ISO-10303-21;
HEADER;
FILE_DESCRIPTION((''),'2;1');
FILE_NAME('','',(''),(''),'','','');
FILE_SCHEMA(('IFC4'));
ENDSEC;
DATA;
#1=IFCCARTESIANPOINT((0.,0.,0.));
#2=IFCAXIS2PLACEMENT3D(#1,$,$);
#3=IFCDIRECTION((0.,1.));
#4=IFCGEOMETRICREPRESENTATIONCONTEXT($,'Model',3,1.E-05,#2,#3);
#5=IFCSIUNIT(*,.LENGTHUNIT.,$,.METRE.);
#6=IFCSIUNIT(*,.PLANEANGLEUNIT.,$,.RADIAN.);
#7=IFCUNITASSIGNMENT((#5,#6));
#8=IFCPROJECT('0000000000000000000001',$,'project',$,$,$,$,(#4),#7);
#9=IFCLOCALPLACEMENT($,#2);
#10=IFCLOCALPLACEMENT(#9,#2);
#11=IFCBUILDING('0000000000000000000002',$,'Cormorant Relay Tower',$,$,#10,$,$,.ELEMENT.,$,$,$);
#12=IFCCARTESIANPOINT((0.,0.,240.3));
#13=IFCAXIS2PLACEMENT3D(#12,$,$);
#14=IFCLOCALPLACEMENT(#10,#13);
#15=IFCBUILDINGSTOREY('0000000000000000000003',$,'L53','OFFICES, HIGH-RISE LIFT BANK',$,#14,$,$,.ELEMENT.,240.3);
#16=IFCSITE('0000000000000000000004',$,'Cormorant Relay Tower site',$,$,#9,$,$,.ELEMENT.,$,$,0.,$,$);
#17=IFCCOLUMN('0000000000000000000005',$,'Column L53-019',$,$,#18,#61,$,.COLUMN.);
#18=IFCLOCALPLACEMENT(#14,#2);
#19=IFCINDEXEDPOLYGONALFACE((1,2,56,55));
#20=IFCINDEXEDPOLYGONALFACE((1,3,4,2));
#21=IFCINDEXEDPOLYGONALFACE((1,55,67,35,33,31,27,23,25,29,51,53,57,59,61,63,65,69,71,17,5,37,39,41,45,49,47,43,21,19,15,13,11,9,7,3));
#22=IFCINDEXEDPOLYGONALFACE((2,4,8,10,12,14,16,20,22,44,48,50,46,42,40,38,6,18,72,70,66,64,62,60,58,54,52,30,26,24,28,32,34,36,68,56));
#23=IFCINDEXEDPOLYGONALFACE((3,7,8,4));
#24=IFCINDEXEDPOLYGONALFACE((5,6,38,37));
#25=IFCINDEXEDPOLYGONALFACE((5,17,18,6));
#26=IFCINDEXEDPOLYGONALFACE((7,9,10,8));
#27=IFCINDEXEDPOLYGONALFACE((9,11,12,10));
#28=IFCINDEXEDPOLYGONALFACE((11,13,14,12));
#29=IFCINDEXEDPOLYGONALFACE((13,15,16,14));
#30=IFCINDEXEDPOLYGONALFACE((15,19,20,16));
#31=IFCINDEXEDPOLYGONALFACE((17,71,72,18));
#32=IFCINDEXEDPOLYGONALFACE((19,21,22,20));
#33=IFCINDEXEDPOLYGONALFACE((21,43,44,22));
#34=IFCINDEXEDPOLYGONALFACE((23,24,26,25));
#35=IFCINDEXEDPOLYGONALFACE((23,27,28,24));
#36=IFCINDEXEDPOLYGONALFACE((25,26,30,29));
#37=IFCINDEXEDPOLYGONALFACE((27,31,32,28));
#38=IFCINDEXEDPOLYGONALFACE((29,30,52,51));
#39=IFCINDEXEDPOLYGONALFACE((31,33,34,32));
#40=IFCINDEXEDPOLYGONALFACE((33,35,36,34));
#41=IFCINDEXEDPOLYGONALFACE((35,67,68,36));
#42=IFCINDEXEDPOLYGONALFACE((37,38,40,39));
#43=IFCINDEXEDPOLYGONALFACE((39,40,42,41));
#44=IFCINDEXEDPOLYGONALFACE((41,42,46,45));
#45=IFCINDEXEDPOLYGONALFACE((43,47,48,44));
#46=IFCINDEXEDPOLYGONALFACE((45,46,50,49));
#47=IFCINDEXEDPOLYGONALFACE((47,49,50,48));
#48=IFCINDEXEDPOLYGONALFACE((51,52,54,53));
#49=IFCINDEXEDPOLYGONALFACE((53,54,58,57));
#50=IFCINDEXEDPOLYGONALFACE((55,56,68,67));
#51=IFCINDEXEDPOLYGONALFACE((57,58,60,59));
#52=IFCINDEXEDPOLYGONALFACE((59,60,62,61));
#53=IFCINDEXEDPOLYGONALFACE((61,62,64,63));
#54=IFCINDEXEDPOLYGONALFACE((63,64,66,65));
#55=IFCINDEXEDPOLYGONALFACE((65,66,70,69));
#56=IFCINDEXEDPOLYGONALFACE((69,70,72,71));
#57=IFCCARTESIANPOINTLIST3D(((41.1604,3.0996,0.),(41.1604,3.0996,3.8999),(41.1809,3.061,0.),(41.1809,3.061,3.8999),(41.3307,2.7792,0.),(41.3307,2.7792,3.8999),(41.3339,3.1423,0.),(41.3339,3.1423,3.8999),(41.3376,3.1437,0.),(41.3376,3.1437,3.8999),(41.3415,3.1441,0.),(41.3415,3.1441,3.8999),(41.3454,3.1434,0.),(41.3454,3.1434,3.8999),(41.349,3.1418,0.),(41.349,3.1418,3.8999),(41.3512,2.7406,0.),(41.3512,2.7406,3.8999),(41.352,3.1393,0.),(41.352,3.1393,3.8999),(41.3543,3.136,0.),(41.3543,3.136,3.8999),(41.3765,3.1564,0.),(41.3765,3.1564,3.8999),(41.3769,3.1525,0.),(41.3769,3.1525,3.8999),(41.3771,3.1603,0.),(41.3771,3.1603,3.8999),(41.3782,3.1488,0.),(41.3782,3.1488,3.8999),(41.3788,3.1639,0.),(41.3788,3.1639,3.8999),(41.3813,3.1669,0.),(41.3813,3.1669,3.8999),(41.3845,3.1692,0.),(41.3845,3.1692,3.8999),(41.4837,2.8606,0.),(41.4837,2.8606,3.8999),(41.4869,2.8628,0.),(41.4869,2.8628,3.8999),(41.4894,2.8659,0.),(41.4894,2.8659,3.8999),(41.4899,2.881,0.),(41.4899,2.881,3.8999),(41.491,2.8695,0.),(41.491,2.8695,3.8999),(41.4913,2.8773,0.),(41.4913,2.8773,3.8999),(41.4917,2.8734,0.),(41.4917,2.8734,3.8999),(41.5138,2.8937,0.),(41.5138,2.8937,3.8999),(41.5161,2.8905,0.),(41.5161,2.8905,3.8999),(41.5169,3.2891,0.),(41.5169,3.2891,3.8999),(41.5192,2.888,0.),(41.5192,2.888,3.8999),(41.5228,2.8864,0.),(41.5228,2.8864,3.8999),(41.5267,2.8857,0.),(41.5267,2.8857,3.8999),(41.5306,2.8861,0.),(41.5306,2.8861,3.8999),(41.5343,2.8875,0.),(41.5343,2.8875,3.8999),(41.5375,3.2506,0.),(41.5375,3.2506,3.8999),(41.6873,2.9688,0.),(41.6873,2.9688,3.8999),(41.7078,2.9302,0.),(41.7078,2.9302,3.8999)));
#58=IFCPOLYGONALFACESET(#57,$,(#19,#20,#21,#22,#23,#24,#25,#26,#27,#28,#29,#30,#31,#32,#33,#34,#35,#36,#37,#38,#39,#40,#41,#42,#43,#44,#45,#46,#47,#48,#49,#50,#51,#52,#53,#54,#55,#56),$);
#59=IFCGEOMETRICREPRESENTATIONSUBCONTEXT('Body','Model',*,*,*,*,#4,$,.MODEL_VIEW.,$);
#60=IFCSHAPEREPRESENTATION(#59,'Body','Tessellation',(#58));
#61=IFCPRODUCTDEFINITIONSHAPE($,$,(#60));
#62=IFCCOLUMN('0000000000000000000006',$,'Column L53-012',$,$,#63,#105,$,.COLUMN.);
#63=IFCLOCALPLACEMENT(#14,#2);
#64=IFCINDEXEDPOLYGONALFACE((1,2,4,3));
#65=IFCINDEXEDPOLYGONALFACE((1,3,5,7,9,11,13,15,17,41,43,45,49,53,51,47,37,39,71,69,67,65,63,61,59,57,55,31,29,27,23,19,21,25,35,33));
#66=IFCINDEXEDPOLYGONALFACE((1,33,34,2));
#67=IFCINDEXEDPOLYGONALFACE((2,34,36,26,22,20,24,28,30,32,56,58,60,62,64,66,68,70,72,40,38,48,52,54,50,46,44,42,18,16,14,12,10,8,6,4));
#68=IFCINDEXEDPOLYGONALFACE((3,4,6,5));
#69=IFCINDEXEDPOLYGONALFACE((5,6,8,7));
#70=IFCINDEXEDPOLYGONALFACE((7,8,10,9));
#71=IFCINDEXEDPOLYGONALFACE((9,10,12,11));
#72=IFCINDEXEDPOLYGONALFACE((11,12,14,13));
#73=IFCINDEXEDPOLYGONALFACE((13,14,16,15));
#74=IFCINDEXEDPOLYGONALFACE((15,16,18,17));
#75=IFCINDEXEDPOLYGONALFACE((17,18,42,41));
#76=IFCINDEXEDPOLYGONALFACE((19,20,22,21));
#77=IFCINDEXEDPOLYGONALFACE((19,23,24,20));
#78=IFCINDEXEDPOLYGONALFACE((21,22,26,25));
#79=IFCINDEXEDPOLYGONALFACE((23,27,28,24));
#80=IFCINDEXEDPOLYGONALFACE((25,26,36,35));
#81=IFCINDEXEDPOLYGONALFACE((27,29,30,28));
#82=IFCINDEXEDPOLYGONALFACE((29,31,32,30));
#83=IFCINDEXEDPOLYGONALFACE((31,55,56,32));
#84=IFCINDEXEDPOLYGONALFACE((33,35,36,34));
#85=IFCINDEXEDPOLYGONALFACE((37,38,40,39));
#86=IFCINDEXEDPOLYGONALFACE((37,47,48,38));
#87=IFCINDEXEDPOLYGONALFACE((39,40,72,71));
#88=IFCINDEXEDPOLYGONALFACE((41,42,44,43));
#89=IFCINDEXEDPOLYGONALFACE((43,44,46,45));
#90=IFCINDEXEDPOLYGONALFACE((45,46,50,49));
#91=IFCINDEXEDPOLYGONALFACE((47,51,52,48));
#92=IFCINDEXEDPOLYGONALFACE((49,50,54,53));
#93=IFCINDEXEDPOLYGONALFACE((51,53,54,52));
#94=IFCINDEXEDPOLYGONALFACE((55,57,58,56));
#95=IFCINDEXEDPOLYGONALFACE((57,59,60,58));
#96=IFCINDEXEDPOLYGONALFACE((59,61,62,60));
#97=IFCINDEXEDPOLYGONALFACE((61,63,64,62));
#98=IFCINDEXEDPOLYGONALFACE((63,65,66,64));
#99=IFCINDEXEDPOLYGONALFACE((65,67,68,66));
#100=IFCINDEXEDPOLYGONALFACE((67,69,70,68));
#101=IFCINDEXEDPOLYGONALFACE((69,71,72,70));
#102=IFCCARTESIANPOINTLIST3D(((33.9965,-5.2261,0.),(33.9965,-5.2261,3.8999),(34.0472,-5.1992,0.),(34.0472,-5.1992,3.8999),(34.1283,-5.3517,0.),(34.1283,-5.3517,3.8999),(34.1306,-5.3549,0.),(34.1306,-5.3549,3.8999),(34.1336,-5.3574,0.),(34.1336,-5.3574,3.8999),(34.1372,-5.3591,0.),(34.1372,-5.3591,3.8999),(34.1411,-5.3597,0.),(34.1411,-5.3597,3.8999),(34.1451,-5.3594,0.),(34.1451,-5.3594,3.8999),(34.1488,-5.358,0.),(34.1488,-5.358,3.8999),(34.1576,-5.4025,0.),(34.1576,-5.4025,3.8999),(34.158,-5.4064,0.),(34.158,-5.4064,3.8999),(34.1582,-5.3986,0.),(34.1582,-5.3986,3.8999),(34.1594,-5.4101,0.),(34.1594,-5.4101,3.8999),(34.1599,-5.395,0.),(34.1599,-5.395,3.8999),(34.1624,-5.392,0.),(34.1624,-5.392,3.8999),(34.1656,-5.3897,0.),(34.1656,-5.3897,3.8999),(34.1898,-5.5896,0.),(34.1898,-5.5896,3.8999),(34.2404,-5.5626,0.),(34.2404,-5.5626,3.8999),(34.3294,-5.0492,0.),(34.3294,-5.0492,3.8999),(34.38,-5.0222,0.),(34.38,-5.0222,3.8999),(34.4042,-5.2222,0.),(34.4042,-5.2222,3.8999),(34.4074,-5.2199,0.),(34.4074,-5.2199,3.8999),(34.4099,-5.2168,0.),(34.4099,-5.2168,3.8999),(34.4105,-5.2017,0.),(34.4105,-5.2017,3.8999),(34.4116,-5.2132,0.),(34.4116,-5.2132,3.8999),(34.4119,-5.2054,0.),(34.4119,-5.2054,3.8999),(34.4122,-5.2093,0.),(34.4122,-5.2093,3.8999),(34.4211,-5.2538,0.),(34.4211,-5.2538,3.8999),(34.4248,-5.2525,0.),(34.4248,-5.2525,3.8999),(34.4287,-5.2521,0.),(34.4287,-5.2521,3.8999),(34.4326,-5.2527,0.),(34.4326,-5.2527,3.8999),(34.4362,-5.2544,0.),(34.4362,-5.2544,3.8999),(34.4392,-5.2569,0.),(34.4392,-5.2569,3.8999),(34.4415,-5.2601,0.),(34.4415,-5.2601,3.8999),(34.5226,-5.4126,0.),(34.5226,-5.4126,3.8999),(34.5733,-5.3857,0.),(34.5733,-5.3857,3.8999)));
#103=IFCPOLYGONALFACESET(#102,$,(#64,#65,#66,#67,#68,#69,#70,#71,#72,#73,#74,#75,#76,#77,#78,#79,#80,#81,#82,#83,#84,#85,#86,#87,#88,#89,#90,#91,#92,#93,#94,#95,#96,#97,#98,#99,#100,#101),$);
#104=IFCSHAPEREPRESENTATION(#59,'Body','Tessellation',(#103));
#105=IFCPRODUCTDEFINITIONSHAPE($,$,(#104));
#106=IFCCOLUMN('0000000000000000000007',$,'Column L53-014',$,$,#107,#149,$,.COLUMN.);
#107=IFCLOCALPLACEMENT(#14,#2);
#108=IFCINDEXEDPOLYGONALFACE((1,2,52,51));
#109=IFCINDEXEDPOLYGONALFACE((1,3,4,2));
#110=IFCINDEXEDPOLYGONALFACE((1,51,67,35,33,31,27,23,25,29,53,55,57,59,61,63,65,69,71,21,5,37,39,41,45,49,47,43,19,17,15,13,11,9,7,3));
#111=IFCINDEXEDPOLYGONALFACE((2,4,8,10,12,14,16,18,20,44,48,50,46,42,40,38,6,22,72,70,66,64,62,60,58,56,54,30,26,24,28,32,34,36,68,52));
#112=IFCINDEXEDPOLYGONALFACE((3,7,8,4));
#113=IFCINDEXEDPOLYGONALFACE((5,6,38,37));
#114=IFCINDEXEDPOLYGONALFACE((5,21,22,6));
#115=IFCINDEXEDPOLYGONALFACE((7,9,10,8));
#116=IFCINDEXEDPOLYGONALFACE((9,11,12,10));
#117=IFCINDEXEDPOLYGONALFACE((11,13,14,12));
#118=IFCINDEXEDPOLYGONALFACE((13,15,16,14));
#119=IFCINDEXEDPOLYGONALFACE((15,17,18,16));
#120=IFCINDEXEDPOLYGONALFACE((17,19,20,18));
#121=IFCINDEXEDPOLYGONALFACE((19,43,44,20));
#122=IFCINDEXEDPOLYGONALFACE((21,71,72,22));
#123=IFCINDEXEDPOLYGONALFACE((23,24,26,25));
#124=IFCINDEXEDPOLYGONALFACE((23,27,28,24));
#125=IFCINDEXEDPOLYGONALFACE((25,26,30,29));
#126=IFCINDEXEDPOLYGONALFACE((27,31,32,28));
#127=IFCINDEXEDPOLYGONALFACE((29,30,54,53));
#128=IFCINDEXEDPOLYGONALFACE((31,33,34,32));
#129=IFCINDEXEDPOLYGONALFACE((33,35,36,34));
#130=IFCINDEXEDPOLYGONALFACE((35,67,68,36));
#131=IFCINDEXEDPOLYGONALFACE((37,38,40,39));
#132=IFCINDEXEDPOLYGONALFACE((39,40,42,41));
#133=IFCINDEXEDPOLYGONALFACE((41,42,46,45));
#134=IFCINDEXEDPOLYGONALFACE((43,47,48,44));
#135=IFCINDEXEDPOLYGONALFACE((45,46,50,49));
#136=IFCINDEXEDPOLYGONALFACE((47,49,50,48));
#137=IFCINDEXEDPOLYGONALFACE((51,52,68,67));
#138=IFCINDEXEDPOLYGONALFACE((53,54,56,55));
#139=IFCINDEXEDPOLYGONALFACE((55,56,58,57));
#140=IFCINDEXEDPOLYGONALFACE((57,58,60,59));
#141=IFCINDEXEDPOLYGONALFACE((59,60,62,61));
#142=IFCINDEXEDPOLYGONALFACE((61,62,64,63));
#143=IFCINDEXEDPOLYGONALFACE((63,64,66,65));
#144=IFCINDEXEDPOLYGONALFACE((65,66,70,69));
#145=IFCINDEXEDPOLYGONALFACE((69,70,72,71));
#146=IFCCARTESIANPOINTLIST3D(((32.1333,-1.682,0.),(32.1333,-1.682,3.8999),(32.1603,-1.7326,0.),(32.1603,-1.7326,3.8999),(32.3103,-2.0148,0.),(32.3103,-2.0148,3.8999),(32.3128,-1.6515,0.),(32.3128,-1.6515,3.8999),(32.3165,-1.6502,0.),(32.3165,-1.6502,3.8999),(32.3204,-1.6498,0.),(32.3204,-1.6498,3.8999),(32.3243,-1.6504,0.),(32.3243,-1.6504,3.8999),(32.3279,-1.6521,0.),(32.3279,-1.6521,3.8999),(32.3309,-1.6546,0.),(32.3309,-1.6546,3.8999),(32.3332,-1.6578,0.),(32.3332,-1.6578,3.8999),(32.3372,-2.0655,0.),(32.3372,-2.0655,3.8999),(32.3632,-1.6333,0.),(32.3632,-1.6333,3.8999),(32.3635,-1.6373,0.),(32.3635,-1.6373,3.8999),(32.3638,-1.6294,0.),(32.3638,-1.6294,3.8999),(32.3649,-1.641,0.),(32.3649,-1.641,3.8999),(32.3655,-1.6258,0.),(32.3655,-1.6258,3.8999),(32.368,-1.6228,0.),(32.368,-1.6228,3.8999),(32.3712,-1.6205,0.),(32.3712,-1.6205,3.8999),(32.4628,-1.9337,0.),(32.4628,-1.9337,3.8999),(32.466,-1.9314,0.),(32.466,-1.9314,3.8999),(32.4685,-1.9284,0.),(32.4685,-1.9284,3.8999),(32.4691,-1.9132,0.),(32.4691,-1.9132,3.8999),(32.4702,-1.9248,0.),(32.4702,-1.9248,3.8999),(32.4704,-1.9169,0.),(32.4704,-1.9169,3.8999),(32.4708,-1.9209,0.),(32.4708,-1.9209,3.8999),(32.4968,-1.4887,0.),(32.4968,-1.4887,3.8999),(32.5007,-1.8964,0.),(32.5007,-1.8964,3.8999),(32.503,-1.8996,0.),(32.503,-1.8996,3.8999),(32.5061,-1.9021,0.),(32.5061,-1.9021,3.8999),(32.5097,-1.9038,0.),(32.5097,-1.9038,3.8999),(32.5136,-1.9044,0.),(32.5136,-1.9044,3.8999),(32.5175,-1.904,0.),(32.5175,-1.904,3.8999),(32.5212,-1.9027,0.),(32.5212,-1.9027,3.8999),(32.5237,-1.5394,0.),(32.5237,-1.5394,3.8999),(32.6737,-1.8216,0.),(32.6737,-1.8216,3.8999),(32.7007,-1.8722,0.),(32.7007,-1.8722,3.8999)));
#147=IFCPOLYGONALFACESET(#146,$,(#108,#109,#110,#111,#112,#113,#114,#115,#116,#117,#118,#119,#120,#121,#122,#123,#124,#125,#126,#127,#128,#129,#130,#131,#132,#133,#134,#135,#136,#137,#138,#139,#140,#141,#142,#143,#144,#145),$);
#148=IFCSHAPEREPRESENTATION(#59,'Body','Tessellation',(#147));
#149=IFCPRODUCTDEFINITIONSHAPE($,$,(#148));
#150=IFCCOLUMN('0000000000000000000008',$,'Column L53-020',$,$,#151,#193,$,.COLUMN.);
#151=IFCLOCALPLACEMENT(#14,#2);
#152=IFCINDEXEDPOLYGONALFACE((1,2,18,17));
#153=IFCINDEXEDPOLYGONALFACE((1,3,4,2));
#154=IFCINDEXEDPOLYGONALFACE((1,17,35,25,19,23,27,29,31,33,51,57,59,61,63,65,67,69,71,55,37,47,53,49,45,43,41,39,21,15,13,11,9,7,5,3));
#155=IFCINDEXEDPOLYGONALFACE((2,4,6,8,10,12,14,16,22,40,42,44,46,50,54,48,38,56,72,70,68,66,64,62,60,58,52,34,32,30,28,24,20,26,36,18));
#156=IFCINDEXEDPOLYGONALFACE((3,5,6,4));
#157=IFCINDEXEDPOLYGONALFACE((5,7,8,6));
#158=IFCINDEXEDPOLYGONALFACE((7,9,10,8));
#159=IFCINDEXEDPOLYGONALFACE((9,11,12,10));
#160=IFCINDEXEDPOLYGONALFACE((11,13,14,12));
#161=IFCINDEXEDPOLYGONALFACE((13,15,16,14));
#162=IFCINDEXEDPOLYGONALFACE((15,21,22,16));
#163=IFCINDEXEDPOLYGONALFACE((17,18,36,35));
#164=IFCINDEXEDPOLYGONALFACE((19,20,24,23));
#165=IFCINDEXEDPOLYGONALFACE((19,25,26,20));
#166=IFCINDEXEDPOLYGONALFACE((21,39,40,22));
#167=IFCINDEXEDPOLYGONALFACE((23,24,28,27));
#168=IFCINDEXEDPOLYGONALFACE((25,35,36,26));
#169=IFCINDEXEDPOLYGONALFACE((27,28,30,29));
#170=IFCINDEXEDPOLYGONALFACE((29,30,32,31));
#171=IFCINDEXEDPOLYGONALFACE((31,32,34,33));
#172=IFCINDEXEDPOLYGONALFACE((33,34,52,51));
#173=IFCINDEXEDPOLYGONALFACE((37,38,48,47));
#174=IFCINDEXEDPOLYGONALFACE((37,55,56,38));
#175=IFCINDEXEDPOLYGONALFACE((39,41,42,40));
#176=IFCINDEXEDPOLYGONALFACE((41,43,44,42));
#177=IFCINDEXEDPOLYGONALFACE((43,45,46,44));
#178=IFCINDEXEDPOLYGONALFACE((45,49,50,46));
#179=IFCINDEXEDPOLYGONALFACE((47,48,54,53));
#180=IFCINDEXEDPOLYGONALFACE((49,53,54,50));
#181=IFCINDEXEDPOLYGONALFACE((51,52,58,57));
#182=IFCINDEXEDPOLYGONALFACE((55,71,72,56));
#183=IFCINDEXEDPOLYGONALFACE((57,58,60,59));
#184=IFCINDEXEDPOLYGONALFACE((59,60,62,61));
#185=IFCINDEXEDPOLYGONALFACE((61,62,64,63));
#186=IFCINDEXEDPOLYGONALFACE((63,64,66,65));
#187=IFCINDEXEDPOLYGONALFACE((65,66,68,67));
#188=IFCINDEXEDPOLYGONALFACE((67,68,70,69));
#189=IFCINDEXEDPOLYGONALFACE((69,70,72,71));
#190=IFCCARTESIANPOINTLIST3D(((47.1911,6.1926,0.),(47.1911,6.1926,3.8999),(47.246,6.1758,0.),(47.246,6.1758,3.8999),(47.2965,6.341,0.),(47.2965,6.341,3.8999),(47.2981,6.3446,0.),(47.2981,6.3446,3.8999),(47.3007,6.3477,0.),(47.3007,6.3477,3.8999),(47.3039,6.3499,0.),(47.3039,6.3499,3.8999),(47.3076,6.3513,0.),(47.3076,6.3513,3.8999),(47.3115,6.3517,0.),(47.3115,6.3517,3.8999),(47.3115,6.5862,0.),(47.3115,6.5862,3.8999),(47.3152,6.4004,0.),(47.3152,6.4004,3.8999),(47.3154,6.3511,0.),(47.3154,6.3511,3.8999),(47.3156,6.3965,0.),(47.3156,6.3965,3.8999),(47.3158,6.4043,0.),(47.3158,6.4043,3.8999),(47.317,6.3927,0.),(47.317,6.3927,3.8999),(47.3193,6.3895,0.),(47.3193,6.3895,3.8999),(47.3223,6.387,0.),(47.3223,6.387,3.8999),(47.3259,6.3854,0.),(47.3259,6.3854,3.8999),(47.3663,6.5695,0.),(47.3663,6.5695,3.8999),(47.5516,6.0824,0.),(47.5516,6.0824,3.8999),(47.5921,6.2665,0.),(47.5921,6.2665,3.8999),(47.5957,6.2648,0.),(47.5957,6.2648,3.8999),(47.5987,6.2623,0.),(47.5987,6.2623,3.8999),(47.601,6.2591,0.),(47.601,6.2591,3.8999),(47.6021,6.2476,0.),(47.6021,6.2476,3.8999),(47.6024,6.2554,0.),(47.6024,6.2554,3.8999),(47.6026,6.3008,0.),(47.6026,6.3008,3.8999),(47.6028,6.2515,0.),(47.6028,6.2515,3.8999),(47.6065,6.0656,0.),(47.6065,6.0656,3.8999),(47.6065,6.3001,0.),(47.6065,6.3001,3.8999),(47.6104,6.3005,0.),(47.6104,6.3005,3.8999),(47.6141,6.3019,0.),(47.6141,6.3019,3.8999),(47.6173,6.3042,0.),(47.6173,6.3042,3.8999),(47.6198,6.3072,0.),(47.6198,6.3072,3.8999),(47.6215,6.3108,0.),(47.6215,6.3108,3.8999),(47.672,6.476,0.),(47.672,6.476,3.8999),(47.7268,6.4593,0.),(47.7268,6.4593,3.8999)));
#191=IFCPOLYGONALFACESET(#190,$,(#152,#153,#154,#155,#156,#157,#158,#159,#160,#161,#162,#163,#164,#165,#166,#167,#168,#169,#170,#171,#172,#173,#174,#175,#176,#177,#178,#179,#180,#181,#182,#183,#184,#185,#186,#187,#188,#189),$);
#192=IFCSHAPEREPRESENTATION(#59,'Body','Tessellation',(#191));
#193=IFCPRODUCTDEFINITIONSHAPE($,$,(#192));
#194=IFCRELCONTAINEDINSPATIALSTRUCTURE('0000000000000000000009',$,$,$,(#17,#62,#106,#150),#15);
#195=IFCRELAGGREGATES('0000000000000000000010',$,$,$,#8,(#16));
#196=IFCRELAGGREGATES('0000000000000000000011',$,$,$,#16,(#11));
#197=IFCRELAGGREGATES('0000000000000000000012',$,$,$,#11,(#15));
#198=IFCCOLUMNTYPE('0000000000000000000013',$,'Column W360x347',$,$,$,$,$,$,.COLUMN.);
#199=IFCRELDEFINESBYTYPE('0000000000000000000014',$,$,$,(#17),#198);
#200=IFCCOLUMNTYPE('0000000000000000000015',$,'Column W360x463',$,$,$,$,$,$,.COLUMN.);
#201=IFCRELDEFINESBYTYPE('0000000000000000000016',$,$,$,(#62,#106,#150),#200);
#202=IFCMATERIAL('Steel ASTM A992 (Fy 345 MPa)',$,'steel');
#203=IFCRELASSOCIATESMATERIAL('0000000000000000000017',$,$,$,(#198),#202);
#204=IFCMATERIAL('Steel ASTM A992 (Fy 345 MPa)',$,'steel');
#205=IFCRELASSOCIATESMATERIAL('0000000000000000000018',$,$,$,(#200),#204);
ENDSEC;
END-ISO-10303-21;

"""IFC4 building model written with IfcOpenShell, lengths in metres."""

from ifc_helpers import new_model, si_unit, direction, frame, origin, origin_2d, place, context, subcontext, project, spatial, i_section, extrude, material, material_profile, profile_set, type_object, element, save


model = new_model("IFC4")

# Units and contexts
model_context = context("Model", 3, precision=1e-05, world=origin(), true_north=direction((0.0, 1.0)))
body_context = subcontext(model_context, "Body", "Model", "MODEL_VIEW")
ifc_project = project(units=[si_unit("LENGTHUNIT", "METRE"), si_unit("PLANEANGLEUNIT", "RADIAN")], contexts=[model_context])

# Site, building, storey
site_placement = place(None, origin())
site = spatial("IfcSite", under=ifc_project, at=site_placement, Name="Cormorant Relay Tower site", CompositionType="ELEMENT", RefElevation=0.0)
building_placement = place(site_placement, origin())
building = spatial("IfcBuilding", under=site, at=building_placement, Name="Cormorant Relay Tower", CompositionType="ELEMENT")
storey_placement = place(building_placement, frame((0.0, 0.0, 240.3)))
storey = spatial("IfcBuildingStorey", under=building, at=storey_placement, Name="L53", Description="OFFICES, HIGH-RISE LIFT BANK", CompositionType="ELEMENT", Elevation=240.3)

# Columns
ifc_material_1 = material(Name="Steel ASTM A992 (Fy 345 MPa)", Category="steel")
ifc_material_profile_1 = material_profile(ifc_material_1, i_section(OverallWidth=0.4038, OverallDepth=0.4065, WebThickness=0.0271, FlangeThickness=0.0437, FilletRadius=0.0151, at=origin_2d()), Name="W360x347")
ifc_profile_set_1 = profile_set([ifc_material_profile_1], Name="Steel ASTM A992 (Fy 345 MPa)")
column_type_1 = type_object("IfcColumnType", Name="Column W360x347", PredefinedType="COLUMN", material=ifc_profile_set_1)
column_placement = place(storey_placement, frame((41.4341, 3.0149, 0.0), z_axis=(0.0, 0.0, 1.0), x_axis=(0.882948, 0.469472, 0.0)))
element("IfcColumn", 1, at=column_placement, inside=storey, type_object=column_type_1, Name="Column L53-019", PredefinedType="COLUMN", context=body_context, shape_type="SweptSolid", body=[
    extrude(i_section(OverallWidth=0.4038, OverallDepth=0.4065, WebThickness=0.0271, FlangeThickness=0.0437, FilletRadius=0.0151, at=origin_2d()), origin(), (0.0, 0.0, 1.0), 3.8999),
])
ifc_material_2 = material(Name="Steel ASTM A992 (Fy 345 MPa)", Category="steel")
ifc_material_profile_2 = material_profile(ifc_material_2, i_section(OverallWidth=0.4116, OverallDepth=0.4343, WebThickness=0.0359, FlangeThickness=0.0574, FilletRadius=0.0151, at=origin_2d()), Name="W360x463")
ifc_profile_set_2 = profile_set([ifc_material_profile_2], Name="Steel ASTM A992 (Fy 345 MPa)")
column_type_2 = type_object("IfcColumnType", Name="Column W360x463", PredefinedType="COLUMN", material=ifc_profile_set_2)
for number, where, z_axis, x_axis, name in (
    (2, (34.2849, -5.3059, 0.0), (0.0, 0.0, 1.0), (-0.469472, 0.882948, 0.0), "Column L53-012"),
    (3, (32.417, -1.7771, 0.0), (0.0, 0.0, 1.0), (0.882948, 0.469472, 0.0), "Column L53-014"),
    (4, (47.459, 6.3259, 0.0), (0.0, 0.0, 1.0), (0.292372, 0.956305, 0.0), "Column L53-020"),
):
    element("IfcColumn", number, at=place(storey_placement, frame(where, z_axis=z_axis, x_axis=x_axis)), inside=storey, type_object=column_type_2, Name=name, PredefinedType="COLUMN", context=body_context, shape_type="SweptSolid", body=[
        extrude(i_section(OverallWidth=0.4116, OverallDepth=0.4343, WebThickness=0.0359, FlangeThickness=0.0574, FilletRadius=0.0151, at=origin_2d()), origin(), (0.0, 0.0, 1.0), 3.8999),
    ])

save(model, "model.ifc")
